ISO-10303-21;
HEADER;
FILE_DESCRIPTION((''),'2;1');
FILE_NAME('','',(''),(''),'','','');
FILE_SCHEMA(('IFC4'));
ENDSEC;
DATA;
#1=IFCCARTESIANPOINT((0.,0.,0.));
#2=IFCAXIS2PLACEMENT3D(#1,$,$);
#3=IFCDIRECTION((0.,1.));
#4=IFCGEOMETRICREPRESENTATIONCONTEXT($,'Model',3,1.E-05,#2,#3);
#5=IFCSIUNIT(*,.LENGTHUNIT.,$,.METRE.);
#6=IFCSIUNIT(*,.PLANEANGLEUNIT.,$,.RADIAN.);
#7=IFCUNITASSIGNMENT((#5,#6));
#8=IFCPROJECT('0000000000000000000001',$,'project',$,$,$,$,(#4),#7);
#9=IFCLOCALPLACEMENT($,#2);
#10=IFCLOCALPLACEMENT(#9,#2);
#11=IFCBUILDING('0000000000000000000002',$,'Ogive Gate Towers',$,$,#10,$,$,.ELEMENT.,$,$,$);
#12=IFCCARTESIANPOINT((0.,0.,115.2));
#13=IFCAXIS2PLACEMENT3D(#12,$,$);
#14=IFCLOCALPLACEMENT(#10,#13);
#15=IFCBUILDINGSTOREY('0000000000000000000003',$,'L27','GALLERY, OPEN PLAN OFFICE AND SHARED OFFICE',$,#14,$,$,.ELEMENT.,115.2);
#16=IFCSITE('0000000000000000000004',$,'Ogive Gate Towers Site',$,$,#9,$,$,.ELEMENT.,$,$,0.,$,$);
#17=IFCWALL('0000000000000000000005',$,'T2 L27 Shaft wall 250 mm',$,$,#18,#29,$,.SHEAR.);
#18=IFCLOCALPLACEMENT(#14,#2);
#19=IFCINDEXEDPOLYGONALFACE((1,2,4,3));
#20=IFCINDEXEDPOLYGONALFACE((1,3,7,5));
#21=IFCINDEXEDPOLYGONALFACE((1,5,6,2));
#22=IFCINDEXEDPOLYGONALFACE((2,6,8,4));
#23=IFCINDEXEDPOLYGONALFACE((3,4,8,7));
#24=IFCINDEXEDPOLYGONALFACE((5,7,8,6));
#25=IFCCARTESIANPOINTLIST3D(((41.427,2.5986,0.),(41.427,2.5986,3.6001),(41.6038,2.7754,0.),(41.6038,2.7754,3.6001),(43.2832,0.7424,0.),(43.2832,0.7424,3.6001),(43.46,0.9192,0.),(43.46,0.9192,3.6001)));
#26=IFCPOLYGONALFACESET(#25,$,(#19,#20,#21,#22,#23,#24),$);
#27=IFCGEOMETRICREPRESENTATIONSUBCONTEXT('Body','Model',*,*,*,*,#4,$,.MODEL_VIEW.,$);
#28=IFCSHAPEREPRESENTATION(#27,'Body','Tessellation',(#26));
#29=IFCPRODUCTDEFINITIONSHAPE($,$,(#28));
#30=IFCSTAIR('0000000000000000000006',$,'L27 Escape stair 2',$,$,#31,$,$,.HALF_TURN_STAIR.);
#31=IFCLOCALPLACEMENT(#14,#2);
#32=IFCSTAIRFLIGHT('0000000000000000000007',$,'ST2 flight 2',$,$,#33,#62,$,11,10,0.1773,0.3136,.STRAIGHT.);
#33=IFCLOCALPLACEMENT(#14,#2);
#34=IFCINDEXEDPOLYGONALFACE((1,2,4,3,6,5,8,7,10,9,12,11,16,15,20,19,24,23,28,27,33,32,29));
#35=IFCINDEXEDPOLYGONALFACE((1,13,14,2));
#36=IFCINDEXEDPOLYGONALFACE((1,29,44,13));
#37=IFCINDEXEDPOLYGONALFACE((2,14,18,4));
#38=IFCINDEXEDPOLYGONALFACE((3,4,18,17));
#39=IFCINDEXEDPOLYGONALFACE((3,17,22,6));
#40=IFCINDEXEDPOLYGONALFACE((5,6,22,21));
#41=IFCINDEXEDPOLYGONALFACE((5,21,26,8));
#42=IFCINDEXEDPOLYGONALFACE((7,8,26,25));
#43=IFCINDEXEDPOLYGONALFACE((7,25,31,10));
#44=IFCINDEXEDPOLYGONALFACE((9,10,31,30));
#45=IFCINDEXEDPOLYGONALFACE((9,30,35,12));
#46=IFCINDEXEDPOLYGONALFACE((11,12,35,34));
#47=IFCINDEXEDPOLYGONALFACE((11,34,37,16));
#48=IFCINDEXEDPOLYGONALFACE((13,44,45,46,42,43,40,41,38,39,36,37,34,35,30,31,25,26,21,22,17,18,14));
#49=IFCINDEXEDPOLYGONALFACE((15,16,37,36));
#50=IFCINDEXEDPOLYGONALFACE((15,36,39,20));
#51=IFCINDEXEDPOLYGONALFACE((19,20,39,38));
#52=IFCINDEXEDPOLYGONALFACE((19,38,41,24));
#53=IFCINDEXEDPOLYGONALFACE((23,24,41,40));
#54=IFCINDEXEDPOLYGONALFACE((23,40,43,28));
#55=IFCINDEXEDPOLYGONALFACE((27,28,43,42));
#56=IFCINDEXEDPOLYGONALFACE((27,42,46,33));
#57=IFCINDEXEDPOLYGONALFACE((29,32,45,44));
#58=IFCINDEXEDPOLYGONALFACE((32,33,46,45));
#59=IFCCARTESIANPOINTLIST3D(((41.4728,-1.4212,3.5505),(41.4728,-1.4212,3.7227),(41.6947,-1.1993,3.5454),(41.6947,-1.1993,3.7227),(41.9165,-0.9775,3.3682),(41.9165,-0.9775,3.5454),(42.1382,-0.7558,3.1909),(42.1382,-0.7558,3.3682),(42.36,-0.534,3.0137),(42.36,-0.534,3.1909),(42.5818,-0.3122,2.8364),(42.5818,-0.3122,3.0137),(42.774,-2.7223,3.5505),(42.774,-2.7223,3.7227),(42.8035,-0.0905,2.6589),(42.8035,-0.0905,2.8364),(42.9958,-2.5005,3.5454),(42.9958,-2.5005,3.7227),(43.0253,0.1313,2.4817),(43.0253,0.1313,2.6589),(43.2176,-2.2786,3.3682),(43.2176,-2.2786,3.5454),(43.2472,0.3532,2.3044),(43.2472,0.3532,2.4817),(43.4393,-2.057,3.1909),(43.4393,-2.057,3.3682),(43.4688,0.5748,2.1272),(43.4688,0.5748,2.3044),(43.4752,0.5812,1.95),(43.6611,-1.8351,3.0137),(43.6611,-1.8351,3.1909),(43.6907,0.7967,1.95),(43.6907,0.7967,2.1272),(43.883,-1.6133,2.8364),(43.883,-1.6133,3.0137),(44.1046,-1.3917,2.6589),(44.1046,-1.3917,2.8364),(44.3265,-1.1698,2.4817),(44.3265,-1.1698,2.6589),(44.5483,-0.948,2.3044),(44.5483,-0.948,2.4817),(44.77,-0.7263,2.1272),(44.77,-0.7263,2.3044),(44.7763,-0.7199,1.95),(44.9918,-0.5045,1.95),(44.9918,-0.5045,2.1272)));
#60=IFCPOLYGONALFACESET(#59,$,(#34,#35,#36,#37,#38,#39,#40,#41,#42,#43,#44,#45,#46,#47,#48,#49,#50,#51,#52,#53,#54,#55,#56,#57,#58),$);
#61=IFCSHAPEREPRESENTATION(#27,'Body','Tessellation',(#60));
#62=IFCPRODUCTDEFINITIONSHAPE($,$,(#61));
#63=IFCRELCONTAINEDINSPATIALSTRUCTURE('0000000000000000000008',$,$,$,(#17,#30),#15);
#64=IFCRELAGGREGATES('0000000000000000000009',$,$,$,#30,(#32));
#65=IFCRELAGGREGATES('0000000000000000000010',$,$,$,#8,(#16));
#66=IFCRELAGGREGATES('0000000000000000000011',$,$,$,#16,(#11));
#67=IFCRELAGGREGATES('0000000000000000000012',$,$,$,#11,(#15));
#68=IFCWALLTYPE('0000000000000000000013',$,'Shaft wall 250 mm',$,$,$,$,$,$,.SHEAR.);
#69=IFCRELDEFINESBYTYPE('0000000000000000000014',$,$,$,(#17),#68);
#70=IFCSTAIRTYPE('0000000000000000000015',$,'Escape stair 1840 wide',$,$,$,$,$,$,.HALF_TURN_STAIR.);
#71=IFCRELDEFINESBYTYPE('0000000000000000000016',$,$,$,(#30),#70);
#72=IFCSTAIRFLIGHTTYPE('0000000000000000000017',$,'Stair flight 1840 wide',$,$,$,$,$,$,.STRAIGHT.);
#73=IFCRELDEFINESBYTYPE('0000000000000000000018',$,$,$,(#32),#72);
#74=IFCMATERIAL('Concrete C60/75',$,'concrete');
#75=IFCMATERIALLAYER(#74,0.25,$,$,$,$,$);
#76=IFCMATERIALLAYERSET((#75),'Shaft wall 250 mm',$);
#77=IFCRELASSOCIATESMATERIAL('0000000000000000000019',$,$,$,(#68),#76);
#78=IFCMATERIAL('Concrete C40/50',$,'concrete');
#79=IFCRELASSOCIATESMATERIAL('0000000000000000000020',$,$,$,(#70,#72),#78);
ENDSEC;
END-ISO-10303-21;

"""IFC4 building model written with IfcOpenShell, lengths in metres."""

from ifc_helpers import new_model, si_unit, direction, frame, frame_2d, origin, place, context, subcontext, project, spatial, polyline, rectangle, outline, extrude, material, layer, layer_set, type_object, element, aggregate, save


model = new_model("IFC4")

# Units and contexts
model_context = context("Model", 3, precision=1e-05, world=origin(), true_north=direction((0.0, 1.0)))
body_context = subcontext(model_context, "Body", "Model", "MODEL_VIEW")
ifc_project = project(units=[si_unit("LENGTHUNIT", "METRE"), si_unit("PLANEANGLEUNIT", "RADIAN")], contexts=[model_context])

# Site, building, storey
site_placement = place(None, origin())
site = spatial("IfcSite", under=ifc_project, at=site_placement, Name="Ogive Gate Towers Site", CompositionType="ELEMENT", RefElevation=0.0)
building_placement = place(site_placement, origin())
building = spatial("IfcBuilding", under=site, at=building_placement, Name="Ogive Gate Towers", CompositionType="ELEMENT")
storey_placement = place(building_placement, frame((0.0, 0.0, 115.2)))
storey = spatial("IfcBuildingStorey", under=building, at=storey_placement, Name="L27", Description="GALLERY, OPEN PLAN OFFICE AND SHARED OFFICE", CompositionType="ELEMENT", Elevation=115.2)

# Wall
ifc_material_1 = material(Name="Concrete C60/75", Category="concrete")
ifc_layer_1 = layer(ifc_material_1, 0.25)
ifc_layer_set_1 = layer_set([ifc_layer_1], Name="Shaft wall 250 mm")
wall_type_1 = type_object("IfcWallType", Name="Shaft wall 250 mm", PredefinedType="SHEAR", material=ifc_layer_set_1)
wall_1_placement = place(storey_placement, frame((43.3716, 0.8308, 0.0), z_axis=(0.0, 0.0, 1.0), x_axis=(-0.707107, 0.707107, 0.0)))
element("IfcWall", 1, at=wall_1_placement, inside=storey, type_object=wall_type_1, Name="T2 L27 Shaft wall 250 mm", PredefinedType="SHEAR", context=body_context, shape_type="SweptSolid", body=[
    extrude(rectangle(XDim=2.625, YDim=0.25, at=frame_2d((1.3125, 0.0))), origin(), (0.0, 0.0, 1.0), 3.6001),
])

# Stair, stair flight
ifc_material_2 = material(Name="Concrete C40/50", Category="concrete")
stair_type = type_object("IfcStairType", Name="Escape stair 1840 wide", PredefinedType="HALF_TURN_STAIR", material=ifc_material_2)
stair_placement = place(storey_placement, origin())
stair = element("IfcStair", 2, at=stair_placement, inside=storey, type_object=stair_type, Name="L27 Escape stair 2", PredefinedType="HALF_TURN_STAIR")
stair_flight_type = type_object("IfcStairFlightType", Name="Stair flight 1840 wide", PredefinedType="STRAIGHT", material=ifc_material_2)
stair_flight_placement = place(storey_placement, frame((44.3413, 0.146, 1.95), z_axis=(0.0, 0.0, 1.0), x_axis=(-0.707107, -0.707107, 0.0)))
stair_flight = element("IfcStairFlight", 3, at=stair_flight_placement, type_object=stair_flight_type, Name="ST2 flight 2", NumberOfRisers=11, NumberOfTreads=10, PredefinedType="STRAIGHT", RiserHeight=0.1773, TreadLength=0.3136, context=body_context, shape_type="SweptSolid", body=[
    extrude(outline(polyline([(0.0, 0.0), (0.0, 0.1772), (0.3137, 0.1772), (0.3137, 0.3545), (0.6272, 0.3545), (0.6272, 0.5317), (0.9409, 0.5317), (0.9409, 0.709), (1.2546, 0.709), (1.2546, 0.8865), (1.5681, 0.8865), (1.5681, 1.0637), (1.8818, 1.0637), (1.8818, 1.241), (2.1956, 1.241), (2.1956, 1.4182), (2.509, 1.4182), (2.509, 1.5955), (2.8228, 1.5955), (2.8228, 1.7727), (3.1365, 1.7727), (3.1365, 1.95), (3.1365, 1.6006), (0.3047, 0.0), (0.0, 0.0)])), frame((0.0, 0.9199, 0.0), z_axis=(0.0, -1.0, 0.0), x_axis=(1.0, 0.0, 0.0)), (0.0, 0.0, 1.0), 1.8401),
])
aggregate(stair, [stair_flight])

save(model, "model.ifc")
